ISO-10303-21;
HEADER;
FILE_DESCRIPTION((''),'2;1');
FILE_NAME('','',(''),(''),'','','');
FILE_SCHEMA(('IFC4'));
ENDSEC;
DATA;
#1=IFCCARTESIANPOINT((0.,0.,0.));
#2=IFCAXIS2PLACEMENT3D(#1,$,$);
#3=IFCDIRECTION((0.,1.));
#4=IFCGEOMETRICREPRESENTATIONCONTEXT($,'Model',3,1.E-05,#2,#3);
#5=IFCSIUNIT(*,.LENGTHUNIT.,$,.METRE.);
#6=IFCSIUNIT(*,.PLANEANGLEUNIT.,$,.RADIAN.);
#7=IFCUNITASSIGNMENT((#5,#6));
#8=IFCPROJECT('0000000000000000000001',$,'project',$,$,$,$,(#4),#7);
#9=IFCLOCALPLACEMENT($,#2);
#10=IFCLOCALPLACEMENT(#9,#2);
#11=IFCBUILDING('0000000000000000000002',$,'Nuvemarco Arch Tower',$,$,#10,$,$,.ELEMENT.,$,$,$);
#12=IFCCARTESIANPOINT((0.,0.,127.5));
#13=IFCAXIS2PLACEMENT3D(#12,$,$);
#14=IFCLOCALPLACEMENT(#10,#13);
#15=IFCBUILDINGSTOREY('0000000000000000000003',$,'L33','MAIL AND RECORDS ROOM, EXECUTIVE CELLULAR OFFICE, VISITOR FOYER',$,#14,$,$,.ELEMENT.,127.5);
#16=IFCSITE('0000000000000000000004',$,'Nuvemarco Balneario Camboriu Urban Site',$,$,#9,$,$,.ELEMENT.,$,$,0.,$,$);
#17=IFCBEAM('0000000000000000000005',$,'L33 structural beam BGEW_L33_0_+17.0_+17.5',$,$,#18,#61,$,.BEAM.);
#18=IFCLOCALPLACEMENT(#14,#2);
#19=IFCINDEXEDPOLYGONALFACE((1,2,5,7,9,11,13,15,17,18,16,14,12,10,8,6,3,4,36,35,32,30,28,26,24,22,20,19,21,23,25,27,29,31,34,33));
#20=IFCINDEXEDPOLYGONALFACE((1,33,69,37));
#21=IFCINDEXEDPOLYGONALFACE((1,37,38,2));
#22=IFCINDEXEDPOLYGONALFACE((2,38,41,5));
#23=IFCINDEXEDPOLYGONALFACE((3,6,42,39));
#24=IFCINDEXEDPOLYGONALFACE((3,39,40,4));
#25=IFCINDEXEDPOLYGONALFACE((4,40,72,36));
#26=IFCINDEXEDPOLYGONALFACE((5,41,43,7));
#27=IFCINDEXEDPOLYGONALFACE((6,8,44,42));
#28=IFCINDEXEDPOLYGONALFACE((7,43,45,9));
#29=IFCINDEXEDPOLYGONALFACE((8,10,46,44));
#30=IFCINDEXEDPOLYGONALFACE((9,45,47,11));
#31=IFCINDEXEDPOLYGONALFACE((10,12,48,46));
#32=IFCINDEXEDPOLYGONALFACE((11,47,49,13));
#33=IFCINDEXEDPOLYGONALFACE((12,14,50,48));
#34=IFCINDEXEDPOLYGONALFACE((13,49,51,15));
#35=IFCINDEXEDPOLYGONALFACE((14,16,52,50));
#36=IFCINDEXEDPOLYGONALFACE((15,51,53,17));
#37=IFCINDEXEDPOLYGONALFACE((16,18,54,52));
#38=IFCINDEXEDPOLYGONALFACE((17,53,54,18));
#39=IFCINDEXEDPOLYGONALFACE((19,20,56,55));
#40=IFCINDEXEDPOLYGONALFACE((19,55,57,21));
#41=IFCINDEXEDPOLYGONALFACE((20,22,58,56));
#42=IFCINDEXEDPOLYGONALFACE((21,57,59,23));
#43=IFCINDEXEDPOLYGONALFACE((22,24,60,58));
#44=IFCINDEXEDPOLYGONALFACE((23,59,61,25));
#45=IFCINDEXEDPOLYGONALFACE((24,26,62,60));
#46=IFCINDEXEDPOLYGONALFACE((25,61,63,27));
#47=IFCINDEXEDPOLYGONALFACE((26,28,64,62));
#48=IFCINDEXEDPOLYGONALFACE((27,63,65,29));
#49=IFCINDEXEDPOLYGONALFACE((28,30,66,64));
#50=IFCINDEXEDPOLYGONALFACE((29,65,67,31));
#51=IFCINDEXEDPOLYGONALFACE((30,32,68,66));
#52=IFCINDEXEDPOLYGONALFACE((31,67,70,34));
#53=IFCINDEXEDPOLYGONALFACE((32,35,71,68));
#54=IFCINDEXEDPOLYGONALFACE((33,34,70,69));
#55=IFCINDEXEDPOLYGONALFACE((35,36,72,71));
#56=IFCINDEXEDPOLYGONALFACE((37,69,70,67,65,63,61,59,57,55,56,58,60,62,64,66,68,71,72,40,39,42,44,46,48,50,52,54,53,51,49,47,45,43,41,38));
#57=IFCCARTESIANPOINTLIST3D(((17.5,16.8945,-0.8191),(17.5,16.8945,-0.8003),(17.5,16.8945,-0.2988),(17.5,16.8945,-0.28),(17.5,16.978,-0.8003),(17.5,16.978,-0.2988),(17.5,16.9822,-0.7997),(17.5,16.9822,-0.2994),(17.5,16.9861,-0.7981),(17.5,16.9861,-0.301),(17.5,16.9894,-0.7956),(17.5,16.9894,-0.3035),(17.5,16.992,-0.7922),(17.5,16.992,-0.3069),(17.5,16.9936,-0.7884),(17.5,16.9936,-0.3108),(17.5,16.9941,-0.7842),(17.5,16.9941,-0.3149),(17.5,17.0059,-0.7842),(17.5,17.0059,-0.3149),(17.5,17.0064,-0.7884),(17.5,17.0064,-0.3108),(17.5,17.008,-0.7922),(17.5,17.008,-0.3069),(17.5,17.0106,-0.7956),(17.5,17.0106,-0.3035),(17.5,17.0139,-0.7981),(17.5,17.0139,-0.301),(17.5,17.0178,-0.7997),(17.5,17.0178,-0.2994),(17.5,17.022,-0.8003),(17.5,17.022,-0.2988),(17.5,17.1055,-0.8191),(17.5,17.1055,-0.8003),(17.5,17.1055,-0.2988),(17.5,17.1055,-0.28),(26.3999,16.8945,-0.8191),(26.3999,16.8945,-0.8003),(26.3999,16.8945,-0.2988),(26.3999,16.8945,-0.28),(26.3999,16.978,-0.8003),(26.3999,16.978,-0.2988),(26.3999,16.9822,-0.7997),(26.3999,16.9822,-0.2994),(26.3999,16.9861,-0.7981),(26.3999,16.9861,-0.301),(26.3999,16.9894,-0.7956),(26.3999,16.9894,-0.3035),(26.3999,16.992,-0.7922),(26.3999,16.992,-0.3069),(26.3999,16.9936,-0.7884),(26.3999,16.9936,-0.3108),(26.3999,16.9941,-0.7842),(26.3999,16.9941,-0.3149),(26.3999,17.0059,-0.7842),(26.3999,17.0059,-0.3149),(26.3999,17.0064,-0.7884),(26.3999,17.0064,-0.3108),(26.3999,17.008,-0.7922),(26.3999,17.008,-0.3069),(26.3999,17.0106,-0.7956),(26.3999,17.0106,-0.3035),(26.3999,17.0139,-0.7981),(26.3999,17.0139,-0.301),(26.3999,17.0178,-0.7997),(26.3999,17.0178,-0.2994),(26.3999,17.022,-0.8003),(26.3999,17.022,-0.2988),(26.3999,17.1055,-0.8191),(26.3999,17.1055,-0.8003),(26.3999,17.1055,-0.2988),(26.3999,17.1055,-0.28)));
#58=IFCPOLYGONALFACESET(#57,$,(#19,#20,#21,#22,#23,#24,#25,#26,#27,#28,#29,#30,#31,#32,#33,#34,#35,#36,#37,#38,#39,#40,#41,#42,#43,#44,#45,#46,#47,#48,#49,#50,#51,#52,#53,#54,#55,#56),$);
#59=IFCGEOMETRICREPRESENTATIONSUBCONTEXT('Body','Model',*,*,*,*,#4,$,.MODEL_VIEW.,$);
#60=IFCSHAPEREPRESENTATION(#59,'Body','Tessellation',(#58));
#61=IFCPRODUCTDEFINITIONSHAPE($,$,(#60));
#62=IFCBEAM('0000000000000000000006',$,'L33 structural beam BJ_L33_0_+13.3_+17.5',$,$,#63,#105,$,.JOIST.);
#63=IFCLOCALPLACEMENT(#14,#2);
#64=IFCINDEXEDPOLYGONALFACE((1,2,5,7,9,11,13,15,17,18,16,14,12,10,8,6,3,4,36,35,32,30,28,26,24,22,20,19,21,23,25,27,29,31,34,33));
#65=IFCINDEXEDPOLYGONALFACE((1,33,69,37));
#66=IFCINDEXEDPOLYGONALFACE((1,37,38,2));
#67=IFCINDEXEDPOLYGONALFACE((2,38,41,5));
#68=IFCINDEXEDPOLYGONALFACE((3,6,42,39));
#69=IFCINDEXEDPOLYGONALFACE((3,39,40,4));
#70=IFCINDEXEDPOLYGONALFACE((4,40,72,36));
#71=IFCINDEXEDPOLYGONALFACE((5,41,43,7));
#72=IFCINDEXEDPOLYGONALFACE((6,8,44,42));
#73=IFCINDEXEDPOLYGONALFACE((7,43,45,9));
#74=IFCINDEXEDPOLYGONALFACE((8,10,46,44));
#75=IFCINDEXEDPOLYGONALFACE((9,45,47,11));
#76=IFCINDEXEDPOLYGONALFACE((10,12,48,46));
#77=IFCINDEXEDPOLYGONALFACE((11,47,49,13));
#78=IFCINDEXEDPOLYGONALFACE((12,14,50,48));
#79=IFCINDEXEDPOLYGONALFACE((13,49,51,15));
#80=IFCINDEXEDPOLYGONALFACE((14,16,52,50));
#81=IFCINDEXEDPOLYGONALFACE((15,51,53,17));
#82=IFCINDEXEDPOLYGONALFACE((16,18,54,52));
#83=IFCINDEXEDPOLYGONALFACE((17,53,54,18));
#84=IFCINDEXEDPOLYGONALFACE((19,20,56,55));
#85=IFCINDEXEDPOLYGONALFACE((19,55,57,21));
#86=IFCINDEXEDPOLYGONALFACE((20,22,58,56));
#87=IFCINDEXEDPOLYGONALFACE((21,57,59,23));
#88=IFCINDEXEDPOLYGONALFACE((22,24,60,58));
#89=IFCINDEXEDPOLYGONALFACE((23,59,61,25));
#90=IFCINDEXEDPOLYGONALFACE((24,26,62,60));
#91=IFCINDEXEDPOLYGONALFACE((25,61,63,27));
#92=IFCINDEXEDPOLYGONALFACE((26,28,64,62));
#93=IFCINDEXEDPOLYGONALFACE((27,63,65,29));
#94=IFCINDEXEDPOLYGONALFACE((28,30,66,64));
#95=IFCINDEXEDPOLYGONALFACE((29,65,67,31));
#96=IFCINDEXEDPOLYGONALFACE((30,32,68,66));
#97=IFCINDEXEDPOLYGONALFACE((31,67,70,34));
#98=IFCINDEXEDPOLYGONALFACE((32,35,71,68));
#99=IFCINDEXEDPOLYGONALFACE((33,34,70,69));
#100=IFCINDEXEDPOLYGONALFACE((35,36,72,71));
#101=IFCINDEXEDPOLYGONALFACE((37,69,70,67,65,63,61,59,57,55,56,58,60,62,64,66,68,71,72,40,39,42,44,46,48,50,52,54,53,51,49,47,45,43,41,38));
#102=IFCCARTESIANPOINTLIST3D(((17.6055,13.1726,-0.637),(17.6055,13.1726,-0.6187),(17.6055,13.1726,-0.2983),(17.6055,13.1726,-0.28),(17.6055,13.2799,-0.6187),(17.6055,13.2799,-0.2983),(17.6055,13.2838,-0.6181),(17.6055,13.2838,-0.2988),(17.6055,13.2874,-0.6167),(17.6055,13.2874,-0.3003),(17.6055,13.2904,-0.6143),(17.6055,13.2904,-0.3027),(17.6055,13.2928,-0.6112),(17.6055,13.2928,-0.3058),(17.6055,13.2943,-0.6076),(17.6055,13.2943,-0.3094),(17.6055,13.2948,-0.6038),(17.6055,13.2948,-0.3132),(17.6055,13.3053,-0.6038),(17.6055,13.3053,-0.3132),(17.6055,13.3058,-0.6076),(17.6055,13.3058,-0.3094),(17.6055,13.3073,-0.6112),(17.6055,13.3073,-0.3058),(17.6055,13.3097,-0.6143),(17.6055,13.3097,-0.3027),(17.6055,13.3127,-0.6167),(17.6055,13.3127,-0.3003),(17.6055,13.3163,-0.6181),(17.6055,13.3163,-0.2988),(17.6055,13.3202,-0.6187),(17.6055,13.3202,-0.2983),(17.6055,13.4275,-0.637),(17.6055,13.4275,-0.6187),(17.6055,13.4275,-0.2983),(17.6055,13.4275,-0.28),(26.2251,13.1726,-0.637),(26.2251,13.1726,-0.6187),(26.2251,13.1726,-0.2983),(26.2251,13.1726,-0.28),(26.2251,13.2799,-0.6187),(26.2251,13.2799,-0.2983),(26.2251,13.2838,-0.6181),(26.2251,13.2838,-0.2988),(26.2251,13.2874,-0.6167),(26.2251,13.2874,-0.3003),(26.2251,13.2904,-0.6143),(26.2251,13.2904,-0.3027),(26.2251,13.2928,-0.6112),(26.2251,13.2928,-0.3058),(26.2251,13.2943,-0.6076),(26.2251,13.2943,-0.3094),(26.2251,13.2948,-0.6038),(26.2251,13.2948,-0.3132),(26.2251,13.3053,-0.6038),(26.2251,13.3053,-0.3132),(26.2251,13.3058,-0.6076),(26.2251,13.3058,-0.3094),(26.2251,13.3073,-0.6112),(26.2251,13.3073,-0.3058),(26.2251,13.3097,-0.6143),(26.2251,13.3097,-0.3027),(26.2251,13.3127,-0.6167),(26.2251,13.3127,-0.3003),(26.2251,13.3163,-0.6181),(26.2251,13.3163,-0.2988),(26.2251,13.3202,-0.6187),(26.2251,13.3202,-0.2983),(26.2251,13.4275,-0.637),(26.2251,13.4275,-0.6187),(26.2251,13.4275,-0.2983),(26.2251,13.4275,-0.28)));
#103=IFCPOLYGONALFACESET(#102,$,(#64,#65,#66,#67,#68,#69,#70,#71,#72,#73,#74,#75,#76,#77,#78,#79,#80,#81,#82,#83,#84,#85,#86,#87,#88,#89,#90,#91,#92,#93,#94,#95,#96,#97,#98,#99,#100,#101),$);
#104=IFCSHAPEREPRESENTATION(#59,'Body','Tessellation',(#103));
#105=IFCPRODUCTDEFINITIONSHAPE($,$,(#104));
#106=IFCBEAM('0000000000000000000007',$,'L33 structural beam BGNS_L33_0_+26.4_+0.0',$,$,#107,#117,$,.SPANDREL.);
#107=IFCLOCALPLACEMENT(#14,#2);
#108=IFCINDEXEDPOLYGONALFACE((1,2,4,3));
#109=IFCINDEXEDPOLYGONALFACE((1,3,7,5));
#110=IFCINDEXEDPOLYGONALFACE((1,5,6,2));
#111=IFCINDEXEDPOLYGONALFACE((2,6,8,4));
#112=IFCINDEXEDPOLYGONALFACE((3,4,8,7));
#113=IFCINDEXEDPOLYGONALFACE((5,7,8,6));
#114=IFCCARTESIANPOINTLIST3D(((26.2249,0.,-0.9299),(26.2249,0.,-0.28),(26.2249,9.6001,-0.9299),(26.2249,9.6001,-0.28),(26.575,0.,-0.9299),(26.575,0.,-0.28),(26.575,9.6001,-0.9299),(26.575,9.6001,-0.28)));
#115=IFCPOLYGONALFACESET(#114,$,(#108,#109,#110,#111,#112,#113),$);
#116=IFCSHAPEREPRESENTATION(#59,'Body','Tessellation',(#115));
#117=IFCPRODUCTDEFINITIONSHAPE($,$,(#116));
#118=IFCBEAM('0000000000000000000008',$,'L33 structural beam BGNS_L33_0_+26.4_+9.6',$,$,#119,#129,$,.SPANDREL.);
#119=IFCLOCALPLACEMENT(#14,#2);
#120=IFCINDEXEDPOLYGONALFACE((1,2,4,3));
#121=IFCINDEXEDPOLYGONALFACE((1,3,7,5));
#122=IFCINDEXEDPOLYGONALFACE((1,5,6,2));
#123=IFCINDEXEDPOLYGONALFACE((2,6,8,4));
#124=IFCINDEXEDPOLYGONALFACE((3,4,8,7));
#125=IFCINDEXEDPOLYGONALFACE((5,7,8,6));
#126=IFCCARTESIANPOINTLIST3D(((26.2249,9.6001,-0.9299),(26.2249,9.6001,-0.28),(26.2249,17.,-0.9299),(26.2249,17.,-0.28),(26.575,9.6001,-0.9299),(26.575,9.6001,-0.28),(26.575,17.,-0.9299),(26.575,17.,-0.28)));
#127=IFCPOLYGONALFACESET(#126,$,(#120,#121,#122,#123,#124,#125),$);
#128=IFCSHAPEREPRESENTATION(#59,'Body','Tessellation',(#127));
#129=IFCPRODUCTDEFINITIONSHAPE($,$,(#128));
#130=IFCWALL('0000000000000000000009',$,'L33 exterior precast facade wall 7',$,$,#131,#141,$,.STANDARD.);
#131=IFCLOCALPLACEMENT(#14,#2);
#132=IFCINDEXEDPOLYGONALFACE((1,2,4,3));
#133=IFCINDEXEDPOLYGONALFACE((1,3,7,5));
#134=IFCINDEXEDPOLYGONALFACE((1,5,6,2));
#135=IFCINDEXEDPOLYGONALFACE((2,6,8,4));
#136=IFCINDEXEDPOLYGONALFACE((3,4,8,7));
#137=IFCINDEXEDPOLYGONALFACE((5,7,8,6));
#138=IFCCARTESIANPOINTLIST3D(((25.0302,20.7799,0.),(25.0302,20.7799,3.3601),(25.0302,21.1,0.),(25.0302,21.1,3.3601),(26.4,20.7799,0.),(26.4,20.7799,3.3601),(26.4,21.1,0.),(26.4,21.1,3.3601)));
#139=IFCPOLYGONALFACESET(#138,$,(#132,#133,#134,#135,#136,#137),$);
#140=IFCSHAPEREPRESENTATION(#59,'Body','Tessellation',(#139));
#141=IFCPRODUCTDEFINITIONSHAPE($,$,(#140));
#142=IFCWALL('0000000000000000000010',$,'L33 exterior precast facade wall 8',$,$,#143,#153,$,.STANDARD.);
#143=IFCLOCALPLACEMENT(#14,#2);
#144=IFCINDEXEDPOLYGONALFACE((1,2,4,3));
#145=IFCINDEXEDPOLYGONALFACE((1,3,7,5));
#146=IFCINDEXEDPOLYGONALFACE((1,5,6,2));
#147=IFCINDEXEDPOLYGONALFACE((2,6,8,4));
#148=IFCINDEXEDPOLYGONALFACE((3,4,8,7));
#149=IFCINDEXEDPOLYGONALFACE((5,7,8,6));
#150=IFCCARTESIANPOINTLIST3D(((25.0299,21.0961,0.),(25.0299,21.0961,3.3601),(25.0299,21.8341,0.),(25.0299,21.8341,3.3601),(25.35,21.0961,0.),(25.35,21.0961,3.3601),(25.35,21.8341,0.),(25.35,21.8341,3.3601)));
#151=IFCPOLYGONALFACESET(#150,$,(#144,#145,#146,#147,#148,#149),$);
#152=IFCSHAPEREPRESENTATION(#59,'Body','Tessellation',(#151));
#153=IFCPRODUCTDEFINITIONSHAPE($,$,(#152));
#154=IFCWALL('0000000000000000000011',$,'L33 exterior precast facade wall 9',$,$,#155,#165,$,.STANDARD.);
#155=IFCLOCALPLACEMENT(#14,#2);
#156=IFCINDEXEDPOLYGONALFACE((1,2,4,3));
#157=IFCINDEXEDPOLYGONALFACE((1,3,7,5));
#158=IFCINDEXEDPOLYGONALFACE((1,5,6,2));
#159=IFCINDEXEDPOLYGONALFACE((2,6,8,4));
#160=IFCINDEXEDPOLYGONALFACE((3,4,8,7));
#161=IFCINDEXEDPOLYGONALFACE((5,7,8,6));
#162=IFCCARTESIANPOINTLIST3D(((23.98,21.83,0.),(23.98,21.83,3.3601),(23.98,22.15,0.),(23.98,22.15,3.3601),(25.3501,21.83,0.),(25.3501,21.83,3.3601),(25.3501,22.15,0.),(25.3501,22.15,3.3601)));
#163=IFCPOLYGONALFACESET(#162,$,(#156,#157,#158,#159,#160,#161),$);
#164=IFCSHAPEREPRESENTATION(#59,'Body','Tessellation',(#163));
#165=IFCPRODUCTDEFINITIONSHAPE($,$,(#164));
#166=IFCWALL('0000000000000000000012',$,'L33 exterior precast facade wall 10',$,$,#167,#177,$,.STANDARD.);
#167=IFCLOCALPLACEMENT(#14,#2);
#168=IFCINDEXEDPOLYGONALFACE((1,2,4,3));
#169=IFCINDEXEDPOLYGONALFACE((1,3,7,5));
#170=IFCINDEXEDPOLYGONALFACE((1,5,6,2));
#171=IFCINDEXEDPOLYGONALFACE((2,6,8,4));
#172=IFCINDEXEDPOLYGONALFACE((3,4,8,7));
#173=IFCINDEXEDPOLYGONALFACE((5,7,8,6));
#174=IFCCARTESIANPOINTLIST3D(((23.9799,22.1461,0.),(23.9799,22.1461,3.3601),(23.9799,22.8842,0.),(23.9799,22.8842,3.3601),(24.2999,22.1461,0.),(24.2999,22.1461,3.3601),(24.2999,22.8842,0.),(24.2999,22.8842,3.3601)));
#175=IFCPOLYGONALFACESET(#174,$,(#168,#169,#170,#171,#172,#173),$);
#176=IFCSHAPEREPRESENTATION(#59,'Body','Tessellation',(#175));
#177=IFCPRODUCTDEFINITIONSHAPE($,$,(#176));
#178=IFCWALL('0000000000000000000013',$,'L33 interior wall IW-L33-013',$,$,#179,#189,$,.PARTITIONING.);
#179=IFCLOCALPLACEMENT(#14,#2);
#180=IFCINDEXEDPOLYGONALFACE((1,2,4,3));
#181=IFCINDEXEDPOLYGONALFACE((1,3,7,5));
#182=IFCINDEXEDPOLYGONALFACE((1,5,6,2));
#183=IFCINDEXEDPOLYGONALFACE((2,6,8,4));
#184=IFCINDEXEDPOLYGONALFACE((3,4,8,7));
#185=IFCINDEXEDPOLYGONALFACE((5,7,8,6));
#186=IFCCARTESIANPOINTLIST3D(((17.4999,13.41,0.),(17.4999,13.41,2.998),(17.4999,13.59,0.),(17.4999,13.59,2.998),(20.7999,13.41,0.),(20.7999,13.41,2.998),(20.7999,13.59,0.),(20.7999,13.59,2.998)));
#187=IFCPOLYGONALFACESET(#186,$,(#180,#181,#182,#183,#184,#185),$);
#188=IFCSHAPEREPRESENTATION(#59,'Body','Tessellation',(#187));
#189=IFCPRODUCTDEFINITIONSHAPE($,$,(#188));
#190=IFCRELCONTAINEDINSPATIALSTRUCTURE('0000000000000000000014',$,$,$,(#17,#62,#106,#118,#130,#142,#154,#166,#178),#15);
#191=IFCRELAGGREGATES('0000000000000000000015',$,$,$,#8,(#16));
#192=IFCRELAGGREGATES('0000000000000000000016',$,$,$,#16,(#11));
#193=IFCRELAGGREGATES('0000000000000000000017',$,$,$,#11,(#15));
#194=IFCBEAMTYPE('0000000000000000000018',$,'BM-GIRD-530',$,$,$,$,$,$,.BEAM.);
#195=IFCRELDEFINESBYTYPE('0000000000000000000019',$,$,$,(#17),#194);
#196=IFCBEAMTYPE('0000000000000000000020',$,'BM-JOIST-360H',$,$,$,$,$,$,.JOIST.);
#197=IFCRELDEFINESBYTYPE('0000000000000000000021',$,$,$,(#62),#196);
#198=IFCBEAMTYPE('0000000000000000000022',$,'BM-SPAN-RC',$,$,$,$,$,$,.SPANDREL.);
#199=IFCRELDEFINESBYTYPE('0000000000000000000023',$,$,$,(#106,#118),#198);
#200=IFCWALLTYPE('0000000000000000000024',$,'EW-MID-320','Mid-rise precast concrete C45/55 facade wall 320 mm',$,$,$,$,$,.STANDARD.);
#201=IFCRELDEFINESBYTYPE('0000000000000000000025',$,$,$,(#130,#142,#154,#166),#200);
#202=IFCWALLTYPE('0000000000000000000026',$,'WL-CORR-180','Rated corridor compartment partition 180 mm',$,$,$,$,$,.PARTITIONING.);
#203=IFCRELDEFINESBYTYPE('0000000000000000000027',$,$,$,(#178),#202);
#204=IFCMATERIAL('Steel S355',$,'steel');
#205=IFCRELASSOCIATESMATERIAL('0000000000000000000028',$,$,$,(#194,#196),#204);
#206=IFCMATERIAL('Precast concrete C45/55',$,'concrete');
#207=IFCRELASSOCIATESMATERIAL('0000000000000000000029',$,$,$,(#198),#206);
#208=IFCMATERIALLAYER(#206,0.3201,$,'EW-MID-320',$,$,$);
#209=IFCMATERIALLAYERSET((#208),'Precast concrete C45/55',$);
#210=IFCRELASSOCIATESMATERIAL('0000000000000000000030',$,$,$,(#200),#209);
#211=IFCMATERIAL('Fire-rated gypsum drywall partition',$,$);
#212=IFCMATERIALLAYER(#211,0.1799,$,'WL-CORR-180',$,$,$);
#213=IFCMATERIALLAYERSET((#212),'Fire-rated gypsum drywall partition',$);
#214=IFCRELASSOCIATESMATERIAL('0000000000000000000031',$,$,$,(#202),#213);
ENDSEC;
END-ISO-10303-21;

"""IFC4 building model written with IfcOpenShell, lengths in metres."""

from ifc_helpers import new_model, si_unit, direction, frame, frame_2d, origin, origin_2d, place, context, subcontext, project, spatial, rectangle, i_section, extrude, material, layer, layer_set, material_profile, profile_set, type_object, element, save


model = new_model("IFC4")

# Units and contexts
model_context = context("Model", 3, precision=1e-05, world=origin(), true_north=direction((0.0, 1.0)))
body_context = subcontext(model_context, "Body", "Model", "MODEL_VIEW")
ifc_project = project(units=[si_unit("LENGTHUNIT", "METRE"), si_unit("PLANEANGLEUNIT", "RADIAN")], contexts=[model_context])

# Site, building, storey
site_placement = place(None, origin())
site = spatial("IfcSite", under=ifc_project, at=site_placement, Name="Nuvemarco Balneario Camboriu Urban Site", CompositionType="ELEMENT", RefElevation=0.0)
building_placement = place(site_placement, origin())
building = spatial("IfcBuilding", under=site, at=building_placement, Name="Nuvemarco Arch Tower", CompositionType="ELEMENT")
storey_placement = place(building_placement, frame((0.0, 0.0, 127.5)))
storey = spatial("IfcBuildingStorey", under=building, at=storey_placement, Name="L33", Description="MAIL AND RECORDS ROOM, EXECUTIVE CELLULAR OFFICE, VISITOR FOYER", CompositionType="ELEMENT", Elevation=127.5)

# Shared definitions
ifc_material_1 = material(Name="Steel S355", Category="steel")

# Beams
ifc_material_profile_1 = material_profile(ifc_material_1, i_section(OverallWidth=0.2109, OverallDepth=0.5391, WebThickness=0.0117, FlangeThickness=0.0188, FilletRadius=0.0161, at=origin_2d()), Name="W530x109")
ifc_profile_set_1 = profile_set([ifc_material_profile_1], Name="Steel S355")
beam_type_1 = type_object("IfcBeamType", Name="BM-GIRD-530", PredefinedType="BEAM", material=ifc_profile_set_1)
for number, where, z_axis, x_axis, name in (
    (1, (17.5, 17.0, -0.5496), (1.0, 0.0, 0.0), (0.0, 1.0, 0.0), "L33 structural beam BGEW_L33_0_+17.0_+17.5"),
):
    element("IfcBeam", number, at=place(storey_placement, frame(where, z_axis=z_axis, x_axis=x_axis)), inside=storey, type_object=beam_type_1, Name=name, PredefinedType="BEAM", context=body_context, shape_type="SweptSolid", body=[
        extrude(i_section(OverallWidth=0.2109, OverallDepth=0.5391, WebThickness=0.0117, FlangeThickness=0.0188, FilletRadius=0.0161, at=origin_2d()), origin(), (0.0, 0.0, 1.0), 8.8999),
    ])
ifc_material_profile_2 = material_profile(ifc_material_1, i_section(OverallWidth=0.2549, OverallDepth=0.3569, WebThickness=0.0105, FlangeThickness=0.0183, FilletRadius=0.0149, at=origin_2d()), Name="W360x101")
ifc_profile_set_2 = profile_set([ifc_material_profile_2], Name="Steel S355")
beam_type_2 = type_object("IfcBeamType", Name="BM-JOIST-360H", PredefinedType="JOIST", material=ifc_profile_set_2)
beam_1_placement = place(storey_placement, frame((17.6055, 13.3, -0.4585), z_axis=(1.0, 0.0, 0.0), x_axis=(0.0, 1.0, 0.0)))
element("IfcBeam", 2, at=beam_1_placement, inside=storey, type_object=beam_type_2, Name="L33 structural beam BJ_L33_0_+13.3_+17.5", PredefinedType="JOIST", context=body_context, shape_type="SweptSolid", body=[
    extrude(i_section(OverallWidth=0.2549, OverallDepth=0.3569, WebThickness=0.0105, FlangeThickness=0.0183, FilletRadius=0.0149, at=origin_2d()), origin(), (0.0, 0.0, 1.0), 8.6196),
])
ifc_material_2 = material(Name="Precast concrete C45/55", Category="concrete")
ifc_material_profile_3 = material_profile(ifc_material_2, rectangle(XDim=0.3501, YDim=0.6499, at=origin_2d()), Name="PC-SP-350x650")
ifc_profile_set_3 = profile_set([ifc_material_profile_3], Name="Precast concrete C45/55")
beam_type_3 = type_object("IfcBeamType", Name="BM-SPAN-RC", PredefinedType="SPANDREL", material=ifc_profile_set_3)
beam_2_placement = place(storey_placement, frame((26.3999, 0.0, -0.605), z_axis=(0.0, 1.0, 0.0), x_axis=(-1.0, 0.0, 0.0)))
element("IfcBeam", 3, at=beam_2_placement, inside=storey, type_object=beam_type_3, Name="L33 structural beam BGNS_L33_0_+26.4_+0.0", PredefinedType="SPANDREL", context=body_context, shape_type="SweptSolid", body=[
    extrude(rectangle(XDim=0.3501, YDim=0.6499, at=origin_2d()), origin(), (0.0, 0.0, 1.0), 9.6001),
])
beam_3_placement = place(storey_placement, frame((26.3999, 9.6001, -0.605), z_axis=(0.0, 1.0, 0.0), x_axis=(-1.0, 0.0, 0.0)))
element("IfcBeam", 4, at=beam_3_placement, inside=storey, type_object=beam_type_3, Name="L33 structural beam BGNS_L33_0_+26.4_+9.6", PredefinedType="SPANDREL", context=body_context, shape_type="SweptSolid", body=[
    extrude(rectangle(XDim=0.3501, YDim=0.6499, at=origin_2d()), origin(), (0.0, 0.0, 1.0), 7.3999),
])

# Walls
ifc_layer_1 = layer(ifc_material_2, 0.3201, Name="EW-MID-320")
ifc_layer_set_1 = layer_set([ifc_layer_1], Name="Precast concrete C45/55")
wall_type_1 = type_object("IfcWallType", Name="EW-MID-320", Description="Mid-rise precast concrete C45/55 facade wall 320 mm", PredefinedType="STANDARD", material=ifc_layer_set_1)
wall_1_placement = place(storey_placement, frame((25.03, 20.9399, 0.0), z_axis=(0.0, 0.0, 1.0), x_axis=(1.0, 0.0, 0.0)))
element("IfcWall", 5, at=wall_1_placement, inside=storey, type_object=wall_type_1, Name="L33 exterior precast facade wall 7", PredefinedType="STANDARD", context=body_context, shape_type="SweptSolid", body=[
    extrude(rectangle(XDim=1.3699, YDim=0.3201, at=frame_2d((0.6851, 0.0))), origin(), (0.0, 0.0, 1.0), 3.3601),
])
wall_2_placement = place(storey_placement, frame((25.1899, 21.0959, 0.0), z_axis=(0.0, 0.0, 1.0), x_axis=(0.0, 1.0, 0.0)))
element("IfcWall", 6, at=wall_2_placement, inside=storey, type_object=wall_type_1, Name="L33 exterior precast facade wall 8", PredefinedType="STANDARD", context=body_context, shape_type="SweptSolid", body=[
    extrude(rectangle(XDim=0.738, YDim=0.3201, at=frame_2d((0.3691, 0.0))), origin(), (0.0, 0.0, 1.0), 3.3601),
])
wall_3_placement = place(storey_placement, frame((23.98, 21.99, 0.0), z_axis=(0.0, 0.0, 1.0), x_axis=(1.0, 0.0, 0.0)))
element("IfcWall", 7, at=wall_3_placement, inside=storey, type_object=wall_type_1, Name="L33 exterior precast facade wall 9", PredefinedType="STANDARD", context=body_context, shape_type="SweptSolid", body=[
    extrude(rectangle(XDim=1.3701, YDim=0.3201, at=frame_2d((0.6851, 0.0))), origin(), (0.0, 0.0, 1.0), 3.3601),
])
wall_4_placement = place(storey_placement, frame((24.1399, 22.146, 0.0), z_axis=(0.0, 0.0, 1.0), x_axis=(0.0, 1.0, 0.0)))
element("IfcWall", 8, at=wall_4_placement, inside=storey, type_object=wall_type_1, Name="L33 exterior precast facade wall 10", PredefinedType="STANDARD", context=body_context, shape_type="SweptSolid", body=[
    extrude(rectangle(XDim=0.738, YDim=0.3201, at=frame_2d((0.3691, 0.0))), origin(), (0.0, 0.0, 1.0), 3.3601),
])
ifc_material_3 = material(Name="Fire-rated gypsum drywall partition")
ifc_layer_2 = layer(ifc_material_3, 0.1799, Name="WL-CORR-180")
ifc_layer_set_2 = layer_set([ifc_layer_2], Name="Fire-rated gypsum drywall partition")
wall_type_2 = type_object("IfcWallType", Name="WL-CORR-180", Description="Rated corridor compartment partition 180 mm", PredefinedType="PARTITIONING", material=ifc_layer_set_2)
wall_5_placement = place(storey_placement, frame((17.5, 13.5, 0.0), z_axis=(0.0, 0.0, 1.0), x_axis=(1.0, 0.0, 0.0)))
element("IfcWall", 9, at=wall_5_placement, inside=storey, type_object=wall_type_2, Name="L33 interior wall IW-L33-013", PredefinedType="PARTITIONING", context=body_context, shape_type="SweptSolid", body=[
    extrude(rectangle(XDim=3.3, YDim=0.1799, at=frame_2d((1.6499, 0.0))), origin(), (0.0, 0.0, 1.0), 2.998),
])

save(model, "model.ifc")
